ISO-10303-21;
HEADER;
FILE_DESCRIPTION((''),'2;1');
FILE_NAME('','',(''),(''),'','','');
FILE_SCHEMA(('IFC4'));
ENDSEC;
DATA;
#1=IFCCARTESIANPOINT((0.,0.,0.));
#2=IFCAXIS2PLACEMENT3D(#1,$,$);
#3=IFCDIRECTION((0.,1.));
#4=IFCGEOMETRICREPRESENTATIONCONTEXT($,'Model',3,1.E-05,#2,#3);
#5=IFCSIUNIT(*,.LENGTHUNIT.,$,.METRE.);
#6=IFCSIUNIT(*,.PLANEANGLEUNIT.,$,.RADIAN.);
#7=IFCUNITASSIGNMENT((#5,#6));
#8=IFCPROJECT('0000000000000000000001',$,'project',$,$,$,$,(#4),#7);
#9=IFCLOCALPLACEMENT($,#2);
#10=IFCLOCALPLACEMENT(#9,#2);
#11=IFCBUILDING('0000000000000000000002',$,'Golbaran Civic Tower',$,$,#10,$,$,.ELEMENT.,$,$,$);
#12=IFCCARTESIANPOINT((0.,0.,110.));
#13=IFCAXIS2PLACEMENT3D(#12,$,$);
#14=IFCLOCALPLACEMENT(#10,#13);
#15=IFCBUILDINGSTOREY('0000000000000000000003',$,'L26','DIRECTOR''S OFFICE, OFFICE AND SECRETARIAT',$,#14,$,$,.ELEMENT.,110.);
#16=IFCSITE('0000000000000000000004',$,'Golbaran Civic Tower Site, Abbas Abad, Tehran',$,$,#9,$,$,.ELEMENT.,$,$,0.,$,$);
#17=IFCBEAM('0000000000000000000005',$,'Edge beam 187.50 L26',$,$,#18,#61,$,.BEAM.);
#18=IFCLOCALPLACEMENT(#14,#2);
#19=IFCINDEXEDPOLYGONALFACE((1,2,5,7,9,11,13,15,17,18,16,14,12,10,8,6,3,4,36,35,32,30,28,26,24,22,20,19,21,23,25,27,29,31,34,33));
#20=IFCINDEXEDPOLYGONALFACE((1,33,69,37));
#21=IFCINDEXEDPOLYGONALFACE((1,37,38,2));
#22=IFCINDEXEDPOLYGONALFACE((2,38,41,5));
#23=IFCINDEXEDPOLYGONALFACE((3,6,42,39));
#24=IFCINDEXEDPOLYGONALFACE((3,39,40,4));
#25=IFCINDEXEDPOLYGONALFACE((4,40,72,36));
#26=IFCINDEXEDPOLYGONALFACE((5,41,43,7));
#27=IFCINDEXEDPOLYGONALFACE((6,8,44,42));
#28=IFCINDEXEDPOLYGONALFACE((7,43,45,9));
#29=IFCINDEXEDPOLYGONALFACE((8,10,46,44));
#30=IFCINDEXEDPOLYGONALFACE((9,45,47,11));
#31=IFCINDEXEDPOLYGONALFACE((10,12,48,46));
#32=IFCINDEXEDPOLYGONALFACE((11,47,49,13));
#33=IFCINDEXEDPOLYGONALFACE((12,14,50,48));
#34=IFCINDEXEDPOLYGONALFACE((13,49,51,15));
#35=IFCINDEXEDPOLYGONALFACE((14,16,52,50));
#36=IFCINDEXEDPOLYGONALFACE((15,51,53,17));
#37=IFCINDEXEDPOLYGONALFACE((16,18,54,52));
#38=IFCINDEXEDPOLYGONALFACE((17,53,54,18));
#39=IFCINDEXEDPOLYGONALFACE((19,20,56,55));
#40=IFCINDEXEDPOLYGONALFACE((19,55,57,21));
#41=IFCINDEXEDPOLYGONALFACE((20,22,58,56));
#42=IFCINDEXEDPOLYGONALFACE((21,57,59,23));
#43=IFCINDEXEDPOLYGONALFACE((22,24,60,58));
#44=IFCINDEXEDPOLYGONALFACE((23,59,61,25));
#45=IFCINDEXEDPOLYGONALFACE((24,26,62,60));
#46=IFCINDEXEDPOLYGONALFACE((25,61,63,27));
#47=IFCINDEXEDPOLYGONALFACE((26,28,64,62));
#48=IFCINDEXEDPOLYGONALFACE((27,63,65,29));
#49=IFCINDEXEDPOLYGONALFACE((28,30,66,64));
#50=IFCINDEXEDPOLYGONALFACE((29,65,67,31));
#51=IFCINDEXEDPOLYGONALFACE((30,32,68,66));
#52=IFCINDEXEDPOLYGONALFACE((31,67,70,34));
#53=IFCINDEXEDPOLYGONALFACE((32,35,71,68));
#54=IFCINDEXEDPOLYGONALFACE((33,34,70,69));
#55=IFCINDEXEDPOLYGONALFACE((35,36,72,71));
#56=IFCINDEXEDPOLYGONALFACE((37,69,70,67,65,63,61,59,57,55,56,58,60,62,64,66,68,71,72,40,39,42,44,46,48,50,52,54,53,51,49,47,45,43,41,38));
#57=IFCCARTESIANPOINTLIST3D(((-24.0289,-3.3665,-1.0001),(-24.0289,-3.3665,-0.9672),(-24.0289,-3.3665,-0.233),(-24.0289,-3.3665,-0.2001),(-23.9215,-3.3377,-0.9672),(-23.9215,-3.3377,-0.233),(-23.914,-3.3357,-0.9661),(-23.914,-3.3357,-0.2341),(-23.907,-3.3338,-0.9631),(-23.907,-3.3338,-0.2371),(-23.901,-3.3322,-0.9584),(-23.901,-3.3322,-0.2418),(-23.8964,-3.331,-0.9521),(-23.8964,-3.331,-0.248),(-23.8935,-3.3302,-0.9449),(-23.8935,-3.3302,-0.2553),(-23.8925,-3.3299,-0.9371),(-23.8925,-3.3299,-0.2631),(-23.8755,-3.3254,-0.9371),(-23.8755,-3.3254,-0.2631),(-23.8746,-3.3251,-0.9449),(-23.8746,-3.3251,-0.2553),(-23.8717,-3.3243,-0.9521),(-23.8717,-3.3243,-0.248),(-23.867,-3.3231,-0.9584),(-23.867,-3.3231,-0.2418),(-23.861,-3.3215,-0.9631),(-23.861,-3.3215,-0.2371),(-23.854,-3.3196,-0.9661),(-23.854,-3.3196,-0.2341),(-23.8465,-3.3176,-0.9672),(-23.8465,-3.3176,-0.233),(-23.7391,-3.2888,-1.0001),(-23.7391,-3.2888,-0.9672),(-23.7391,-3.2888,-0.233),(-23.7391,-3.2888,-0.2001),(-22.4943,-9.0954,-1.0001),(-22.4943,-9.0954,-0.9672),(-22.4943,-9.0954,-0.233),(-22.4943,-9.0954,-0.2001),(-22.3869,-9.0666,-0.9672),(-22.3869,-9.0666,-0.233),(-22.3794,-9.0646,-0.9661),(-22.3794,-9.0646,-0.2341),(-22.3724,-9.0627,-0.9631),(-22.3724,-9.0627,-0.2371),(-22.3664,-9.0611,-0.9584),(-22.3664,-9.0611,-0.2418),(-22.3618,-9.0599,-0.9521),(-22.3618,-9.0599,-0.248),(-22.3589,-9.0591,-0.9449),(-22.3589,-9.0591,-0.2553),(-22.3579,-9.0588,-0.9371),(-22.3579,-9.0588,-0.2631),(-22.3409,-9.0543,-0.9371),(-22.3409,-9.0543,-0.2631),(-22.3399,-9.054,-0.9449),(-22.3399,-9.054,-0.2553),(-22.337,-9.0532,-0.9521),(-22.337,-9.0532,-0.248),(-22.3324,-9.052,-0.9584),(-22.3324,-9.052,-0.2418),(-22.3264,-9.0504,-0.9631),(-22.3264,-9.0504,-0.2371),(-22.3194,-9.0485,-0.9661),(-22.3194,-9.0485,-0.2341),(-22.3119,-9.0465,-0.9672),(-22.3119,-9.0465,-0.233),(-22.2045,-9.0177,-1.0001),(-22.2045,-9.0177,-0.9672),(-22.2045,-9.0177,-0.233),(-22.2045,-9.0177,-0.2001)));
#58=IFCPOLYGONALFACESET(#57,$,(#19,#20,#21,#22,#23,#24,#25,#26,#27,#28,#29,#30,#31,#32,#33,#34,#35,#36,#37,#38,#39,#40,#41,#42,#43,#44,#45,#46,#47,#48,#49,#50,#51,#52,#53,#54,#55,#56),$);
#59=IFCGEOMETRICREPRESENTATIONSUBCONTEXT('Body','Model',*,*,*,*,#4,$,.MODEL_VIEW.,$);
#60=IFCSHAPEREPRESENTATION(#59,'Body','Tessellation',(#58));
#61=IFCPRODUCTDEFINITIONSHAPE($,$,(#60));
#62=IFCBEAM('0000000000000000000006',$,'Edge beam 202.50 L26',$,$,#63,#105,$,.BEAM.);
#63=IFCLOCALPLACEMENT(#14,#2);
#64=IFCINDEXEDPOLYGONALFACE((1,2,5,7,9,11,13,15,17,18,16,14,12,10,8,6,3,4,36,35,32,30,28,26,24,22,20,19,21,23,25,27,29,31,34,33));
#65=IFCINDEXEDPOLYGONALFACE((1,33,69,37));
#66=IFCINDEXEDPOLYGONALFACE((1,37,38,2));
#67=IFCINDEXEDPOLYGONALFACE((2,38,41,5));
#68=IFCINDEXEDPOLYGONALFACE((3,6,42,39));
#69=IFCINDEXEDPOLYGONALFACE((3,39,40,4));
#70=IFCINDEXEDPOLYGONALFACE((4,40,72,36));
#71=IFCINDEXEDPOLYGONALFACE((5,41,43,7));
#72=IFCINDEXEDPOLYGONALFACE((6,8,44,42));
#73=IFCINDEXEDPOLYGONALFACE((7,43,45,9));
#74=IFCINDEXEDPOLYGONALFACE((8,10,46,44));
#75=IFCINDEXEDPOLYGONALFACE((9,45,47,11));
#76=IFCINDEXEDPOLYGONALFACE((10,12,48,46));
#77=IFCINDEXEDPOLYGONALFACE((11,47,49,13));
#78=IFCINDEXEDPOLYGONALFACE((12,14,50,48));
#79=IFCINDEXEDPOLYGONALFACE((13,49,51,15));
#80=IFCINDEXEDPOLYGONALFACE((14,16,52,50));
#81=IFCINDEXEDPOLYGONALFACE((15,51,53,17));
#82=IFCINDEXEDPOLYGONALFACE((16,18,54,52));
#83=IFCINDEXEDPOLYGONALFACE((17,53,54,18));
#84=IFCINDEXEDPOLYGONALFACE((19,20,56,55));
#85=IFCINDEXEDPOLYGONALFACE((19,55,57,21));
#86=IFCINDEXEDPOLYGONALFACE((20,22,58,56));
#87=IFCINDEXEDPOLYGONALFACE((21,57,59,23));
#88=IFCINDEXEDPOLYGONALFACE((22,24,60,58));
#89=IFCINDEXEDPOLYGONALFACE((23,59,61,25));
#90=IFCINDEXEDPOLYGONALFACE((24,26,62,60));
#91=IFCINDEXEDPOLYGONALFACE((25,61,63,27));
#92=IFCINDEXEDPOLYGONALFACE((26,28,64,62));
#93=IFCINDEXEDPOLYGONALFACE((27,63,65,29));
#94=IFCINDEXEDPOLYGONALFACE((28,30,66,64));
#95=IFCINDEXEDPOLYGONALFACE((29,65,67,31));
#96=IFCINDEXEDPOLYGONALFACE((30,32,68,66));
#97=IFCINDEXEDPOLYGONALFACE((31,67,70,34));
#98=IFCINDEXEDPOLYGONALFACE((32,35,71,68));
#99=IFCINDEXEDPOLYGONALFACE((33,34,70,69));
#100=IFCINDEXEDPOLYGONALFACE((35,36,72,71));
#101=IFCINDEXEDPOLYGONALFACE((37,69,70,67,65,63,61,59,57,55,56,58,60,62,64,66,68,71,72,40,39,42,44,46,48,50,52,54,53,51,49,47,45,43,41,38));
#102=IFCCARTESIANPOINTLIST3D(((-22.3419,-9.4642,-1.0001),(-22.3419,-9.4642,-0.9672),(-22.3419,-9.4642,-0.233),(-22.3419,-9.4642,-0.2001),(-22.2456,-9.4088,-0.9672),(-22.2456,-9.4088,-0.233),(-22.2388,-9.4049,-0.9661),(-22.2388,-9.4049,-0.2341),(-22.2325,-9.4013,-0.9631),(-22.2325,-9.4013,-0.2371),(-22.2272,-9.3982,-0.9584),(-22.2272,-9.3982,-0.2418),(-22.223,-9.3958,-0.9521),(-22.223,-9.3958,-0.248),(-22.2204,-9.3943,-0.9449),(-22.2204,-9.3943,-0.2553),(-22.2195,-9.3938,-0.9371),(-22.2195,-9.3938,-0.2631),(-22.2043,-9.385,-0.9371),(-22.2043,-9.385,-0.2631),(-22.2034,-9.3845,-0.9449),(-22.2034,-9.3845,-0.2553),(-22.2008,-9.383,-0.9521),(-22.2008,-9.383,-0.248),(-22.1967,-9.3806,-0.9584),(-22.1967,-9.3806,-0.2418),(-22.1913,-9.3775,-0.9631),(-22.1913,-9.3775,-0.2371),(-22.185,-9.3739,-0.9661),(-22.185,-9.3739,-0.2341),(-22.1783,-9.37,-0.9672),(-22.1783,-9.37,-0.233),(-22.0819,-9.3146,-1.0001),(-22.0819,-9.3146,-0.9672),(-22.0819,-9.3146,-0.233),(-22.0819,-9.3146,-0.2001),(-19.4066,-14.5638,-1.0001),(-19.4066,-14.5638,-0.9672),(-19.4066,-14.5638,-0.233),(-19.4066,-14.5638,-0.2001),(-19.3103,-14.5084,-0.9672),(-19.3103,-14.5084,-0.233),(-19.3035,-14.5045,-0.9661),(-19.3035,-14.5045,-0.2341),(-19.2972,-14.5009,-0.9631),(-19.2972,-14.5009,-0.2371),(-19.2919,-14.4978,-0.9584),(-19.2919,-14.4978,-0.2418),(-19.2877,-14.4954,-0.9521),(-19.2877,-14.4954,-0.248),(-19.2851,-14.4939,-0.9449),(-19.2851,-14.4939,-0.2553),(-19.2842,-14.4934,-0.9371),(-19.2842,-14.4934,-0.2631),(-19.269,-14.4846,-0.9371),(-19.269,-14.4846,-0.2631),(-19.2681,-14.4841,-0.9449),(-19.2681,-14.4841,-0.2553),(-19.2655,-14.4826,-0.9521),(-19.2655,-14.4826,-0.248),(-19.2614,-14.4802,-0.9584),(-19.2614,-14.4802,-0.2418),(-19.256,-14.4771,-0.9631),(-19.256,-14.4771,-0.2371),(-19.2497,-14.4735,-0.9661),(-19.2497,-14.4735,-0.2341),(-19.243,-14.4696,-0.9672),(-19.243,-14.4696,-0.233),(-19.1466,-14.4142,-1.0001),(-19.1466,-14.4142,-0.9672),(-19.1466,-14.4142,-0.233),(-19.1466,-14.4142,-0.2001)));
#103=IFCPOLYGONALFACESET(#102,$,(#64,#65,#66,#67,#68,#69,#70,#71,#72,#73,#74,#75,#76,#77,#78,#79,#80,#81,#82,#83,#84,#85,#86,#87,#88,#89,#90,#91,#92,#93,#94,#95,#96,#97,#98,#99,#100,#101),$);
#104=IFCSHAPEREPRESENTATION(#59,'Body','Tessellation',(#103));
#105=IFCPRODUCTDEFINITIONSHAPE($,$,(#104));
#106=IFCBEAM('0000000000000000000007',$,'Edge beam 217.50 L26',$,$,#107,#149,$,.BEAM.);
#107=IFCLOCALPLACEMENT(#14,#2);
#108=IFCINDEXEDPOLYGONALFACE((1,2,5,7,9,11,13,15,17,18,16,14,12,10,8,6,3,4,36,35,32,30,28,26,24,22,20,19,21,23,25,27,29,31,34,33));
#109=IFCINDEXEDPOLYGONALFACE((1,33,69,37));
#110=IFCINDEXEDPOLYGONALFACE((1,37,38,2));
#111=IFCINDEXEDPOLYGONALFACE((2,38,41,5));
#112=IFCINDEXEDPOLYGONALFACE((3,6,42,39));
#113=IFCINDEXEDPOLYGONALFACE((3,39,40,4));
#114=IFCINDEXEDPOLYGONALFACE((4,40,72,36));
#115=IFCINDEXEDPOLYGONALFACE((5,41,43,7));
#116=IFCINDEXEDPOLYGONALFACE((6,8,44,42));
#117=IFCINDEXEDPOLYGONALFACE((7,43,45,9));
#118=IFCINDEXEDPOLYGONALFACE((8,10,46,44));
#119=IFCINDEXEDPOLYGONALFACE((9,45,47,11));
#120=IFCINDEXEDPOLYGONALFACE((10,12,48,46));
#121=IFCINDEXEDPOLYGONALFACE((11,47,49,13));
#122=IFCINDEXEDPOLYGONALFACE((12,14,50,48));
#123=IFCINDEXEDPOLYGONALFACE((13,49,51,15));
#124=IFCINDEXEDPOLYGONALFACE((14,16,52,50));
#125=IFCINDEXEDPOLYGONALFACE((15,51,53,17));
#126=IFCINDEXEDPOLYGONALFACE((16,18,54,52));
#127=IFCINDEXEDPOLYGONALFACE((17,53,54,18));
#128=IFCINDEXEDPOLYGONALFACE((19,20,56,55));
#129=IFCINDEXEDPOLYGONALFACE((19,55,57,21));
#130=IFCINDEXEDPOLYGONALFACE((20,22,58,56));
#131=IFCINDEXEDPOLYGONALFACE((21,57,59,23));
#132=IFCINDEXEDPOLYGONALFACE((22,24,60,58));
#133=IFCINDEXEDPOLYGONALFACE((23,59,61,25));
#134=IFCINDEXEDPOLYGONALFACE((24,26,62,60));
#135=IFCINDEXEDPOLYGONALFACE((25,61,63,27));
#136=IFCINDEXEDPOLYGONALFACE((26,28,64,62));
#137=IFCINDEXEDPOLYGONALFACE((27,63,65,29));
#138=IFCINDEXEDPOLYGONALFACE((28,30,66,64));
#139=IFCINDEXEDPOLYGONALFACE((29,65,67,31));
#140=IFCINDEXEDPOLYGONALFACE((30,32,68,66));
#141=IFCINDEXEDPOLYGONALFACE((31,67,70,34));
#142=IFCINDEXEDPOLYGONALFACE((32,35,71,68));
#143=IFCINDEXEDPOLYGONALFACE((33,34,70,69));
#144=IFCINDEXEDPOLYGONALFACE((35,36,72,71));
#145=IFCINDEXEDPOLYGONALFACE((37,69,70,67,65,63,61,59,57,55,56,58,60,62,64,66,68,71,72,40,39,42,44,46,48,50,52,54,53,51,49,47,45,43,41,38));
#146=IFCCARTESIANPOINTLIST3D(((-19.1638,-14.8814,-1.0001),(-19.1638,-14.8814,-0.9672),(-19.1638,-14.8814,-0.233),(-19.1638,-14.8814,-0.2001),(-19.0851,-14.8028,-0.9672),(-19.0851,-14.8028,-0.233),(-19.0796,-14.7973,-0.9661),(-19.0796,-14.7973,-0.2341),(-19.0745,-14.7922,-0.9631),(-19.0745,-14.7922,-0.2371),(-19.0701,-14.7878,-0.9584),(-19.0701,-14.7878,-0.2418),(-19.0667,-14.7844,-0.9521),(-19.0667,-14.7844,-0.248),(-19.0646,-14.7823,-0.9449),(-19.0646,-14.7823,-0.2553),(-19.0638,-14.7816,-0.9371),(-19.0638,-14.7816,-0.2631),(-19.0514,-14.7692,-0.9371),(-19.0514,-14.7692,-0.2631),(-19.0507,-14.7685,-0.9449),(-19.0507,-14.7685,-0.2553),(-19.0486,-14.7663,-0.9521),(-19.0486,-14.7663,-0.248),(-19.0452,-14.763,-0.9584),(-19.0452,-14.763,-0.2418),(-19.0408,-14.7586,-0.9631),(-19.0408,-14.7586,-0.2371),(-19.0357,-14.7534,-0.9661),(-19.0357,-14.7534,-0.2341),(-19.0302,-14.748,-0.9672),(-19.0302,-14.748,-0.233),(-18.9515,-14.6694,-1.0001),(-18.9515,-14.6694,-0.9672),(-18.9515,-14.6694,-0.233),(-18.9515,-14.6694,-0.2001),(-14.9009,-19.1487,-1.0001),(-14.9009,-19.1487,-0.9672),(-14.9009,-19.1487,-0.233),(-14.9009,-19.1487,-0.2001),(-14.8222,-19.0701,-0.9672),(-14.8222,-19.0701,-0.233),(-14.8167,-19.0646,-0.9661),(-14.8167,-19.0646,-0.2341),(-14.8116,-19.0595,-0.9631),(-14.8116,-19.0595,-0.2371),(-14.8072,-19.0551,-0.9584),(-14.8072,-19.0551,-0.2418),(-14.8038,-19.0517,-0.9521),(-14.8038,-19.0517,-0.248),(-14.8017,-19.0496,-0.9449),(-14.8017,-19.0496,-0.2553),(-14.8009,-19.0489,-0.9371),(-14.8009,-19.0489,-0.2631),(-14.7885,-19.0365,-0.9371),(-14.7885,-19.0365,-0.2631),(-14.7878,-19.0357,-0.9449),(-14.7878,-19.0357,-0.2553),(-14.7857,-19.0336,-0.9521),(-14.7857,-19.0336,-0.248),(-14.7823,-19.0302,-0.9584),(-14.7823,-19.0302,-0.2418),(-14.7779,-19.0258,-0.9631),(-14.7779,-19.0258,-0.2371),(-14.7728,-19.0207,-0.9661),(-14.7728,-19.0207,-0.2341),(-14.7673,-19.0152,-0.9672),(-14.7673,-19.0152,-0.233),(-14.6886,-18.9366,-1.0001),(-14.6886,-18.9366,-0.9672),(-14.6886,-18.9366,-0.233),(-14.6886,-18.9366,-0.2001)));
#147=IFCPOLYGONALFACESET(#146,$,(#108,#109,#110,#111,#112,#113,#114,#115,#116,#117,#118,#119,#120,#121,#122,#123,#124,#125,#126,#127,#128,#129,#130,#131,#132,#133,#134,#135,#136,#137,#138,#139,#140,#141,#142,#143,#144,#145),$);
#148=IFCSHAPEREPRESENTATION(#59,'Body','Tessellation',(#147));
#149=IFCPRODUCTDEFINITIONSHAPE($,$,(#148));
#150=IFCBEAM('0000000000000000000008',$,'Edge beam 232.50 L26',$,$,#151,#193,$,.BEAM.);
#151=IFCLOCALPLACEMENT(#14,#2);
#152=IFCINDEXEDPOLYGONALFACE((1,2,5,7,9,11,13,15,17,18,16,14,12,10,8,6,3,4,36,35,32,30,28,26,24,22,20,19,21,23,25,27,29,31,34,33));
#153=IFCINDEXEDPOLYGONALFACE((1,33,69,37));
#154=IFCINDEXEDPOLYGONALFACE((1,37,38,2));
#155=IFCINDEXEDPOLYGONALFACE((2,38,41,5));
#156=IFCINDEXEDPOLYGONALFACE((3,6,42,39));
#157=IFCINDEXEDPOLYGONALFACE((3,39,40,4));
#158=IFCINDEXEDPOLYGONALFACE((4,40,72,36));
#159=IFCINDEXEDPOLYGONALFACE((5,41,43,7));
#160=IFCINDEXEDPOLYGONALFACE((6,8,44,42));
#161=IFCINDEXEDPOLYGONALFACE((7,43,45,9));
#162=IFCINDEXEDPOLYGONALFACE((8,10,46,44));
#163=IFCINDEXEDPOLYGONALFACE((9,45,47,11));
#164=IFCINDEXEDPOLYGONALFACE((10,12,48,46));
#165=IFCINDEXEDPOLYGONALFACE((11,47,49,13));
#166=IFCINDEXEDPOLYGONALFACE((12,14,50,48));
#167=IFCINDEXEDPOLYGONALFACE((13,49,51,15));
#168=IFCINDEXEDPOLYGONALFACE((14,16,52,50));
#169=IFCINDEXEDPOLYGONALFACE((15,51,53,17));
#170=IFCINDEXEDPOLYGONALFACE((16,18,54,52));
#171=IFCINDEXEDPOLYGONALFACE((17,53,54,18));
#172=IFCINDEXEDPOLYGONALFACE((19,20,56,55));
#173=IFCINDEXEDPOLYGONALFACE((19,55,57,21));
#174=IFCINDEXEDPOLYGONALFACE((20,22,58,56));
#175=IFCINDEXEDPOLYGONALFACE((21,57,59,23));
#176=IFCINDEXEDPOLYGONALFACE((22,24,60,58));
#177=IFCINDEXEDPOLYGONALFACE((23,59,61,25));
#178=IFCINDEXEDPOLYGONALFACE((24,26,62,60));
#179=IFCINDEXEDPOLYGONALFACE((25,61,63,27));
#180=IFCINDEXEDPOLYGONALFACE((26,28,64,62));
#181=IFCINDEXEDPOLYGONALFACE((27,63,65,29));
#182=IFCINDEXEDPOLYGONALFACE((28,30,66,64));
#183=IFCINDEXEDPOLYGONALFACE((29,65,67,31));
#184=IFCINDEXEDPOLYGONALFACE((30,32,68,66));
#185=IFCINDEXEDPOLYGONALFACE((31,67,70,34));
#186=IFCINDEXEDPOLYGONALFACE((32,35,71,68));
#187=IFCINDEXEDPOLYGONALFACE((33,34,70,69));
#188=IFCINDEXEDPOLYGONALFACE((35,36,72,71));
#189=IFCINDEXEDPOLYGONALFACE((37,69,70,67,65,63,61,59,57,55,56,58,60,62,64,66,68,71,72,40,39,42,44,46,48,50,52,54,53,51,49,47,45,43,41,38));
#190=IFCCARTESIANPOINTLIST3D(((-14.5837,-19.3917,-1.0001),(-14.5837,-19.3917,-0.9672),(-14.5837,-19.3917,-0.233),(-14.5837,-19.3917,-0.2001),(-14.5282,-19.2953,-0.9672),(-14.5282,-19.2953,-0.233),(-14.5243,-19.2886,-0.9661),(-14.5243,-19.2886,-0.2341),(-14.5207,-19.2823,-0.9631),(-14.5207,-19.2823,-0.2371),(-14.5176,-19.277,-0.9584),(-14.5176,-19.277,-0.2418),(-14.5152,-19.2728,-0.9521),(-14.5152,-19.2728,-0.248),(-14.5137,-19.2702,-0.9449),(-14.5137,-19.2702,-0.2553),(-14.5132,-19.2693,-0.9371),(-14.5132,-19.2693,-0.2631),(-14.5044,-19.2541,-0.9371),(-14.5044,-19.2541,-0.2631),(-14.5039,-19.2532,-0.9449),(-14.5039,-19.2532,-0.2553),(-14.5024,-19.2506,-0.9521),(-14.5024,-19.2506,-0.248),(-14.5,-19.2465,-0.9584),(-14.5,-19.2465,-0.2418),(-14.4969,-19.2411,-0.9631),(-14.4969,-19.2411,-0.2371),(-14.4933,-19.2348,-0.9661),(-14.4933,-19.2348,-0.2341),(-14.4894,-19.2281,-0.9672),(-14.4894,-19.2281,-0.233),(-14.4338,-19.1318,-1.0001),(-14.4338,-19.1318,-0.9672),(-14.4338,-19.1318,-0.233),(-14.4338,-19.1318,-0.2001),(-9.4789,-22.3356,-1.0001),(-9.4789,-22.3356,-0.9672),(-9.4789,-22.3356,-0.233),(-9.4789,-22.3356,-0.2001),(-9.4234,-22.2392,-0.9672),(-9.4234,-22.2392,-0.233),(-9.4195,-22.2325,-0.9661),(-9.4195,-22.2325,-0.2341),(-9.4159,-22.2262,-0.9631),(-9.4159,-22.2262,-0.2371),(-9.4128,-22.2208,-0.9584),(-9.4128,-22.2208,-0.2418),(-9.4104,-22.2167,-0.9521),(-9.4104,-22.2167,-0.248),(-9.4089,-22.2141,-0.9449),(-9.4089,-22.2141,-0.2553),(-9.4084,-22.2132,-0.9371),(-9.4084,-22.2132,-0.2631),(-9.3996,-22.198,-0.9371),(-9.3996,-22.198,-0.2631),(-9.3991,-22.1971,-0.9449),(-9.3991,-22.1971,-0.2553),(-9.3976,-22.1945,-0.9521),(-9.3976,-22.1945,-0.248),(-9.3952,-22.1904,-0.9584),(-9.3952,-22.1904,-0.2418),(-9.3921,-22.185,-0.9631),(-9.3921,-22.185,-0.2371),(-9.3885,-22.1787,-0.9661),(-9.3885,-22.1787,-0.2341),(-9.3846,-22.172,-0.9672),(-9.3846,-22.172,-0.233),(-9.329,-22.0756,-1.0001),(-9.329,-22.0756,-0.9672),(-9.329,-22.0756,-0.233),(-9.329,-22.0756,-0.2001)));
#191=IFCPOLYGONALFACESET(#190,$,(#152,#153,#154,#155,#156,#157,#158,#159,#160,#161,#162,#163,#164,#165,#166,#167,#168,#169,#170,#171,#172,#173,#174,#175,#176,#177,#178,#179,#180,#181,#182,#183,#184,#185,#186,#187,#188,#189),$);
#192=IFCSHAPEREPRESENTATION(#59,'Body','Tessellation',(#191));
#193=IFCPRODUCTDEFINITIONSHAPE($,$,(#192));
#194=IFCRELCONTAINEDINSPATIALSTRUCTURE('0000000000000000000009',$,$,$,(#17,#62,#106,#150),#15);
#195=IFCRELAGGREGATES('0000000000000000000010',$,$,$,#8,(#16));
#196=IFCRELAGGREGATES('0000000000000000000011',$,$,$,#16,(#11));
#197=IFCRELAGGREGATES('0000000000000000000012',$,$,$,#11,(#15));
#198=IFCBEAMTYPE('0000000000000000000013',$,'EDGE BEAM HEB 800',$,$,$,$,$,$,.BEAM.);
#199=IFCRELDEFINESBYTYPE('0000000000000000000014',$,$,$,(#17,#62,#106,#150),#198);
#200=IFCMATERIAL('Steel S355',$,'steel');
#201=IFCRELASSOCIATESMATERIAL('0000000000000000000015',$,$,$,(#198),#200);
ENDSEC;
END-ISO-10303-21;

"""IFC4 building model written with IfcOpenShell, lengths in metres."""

from ifc_helpers import new_model, si_unit, direction, frame, origin, origin_2d, place, context, subcontext, project, spatial, i_section, extrude, material, material_profile, profile_set, type_object, element, save


model = new_model("IFC4")

# Units and contexts
model_context = context("Model", 3, precision=1e-05, world=origin(), true_north=direction((0.0, 1.0)))
body_context = subcontext(model_context, "Body", "Model", "MODEL_VIEW")
ifc_project = project(units=[si_unit("LENGTHUNIT", "METRE"), si_unit("PLANEANGLEUNIT", "RADIAN")], contexts=[model_context])

# Site, building, storey
site_placement = place(None, origin())
site = spatial("IfcSite", under=ifc_project, at=site_placement, Name="Golbaran Civic Tower Site, Abbas Abad, Tehran", CompositionType="ELEMENT", RefElevation=0.0)
building_placement = place(site_placement, origin())
building = spatial("IfcBuilding", under=site, at=building_placement, Name="Golbaran Civic Tower", CompositionType="ELEMENT")
storey_placement = place(building_placement, frame((0.0, 0.0, 110.0)))
storey = spatial("IfcBuildingStorey", under=building, at=storey_placement, Name="L26", Description="DIRECTOR'S OFFICE, OFFICE AND SECRETARIAT", CompositionType="ELEMENT", Elevation=110.0)

# Beams
ifc_material_1 = material(Name="Steel S355", Category="steel")
ifc_material_profile_1 = material_profile(ifc_material_1, i_section(OverallWidth=0.3, OverallDepth=0.8, WebThickness=0.0176, FlangeThickness=0.033, FilletRadius=0.03, at=origin_2d()), Name="HEB 800")
ifc_profile_set_1 = profile_set([ifc_material_profile_1], Name="Steel S355")
beam_type_1 = type_object("IfcBeamType", Name="EDGE BEAM HEB 800", PredefinedType="BEAM", material=ifc_profile_set_1)
beam_1_placement = place(storey_placement, frame((-23.884, -3.3276, -0.6001), z_axis=(0.258754, -0.965943, 0.0), x_axis=(0.965943, 0.258754, 0.0)))
element("IfcBeam", 1, at=beam_1_placement, inside=storey, type_object=beam_type_1, Name="Edge beam 187.50 L26", PredefinedType="BEAM", context=body_context, shape_type="SweptSolid", body=[
    extrude(i_section(OverallWidth=0.3, OverallDepth=0.8, WebThickness=0.0176, FlangeThickness=0.033, FilletRadius=0.03, at=origin_2d()), origin(), (0.0, 0.0, 1.0), 5.9309),
])
beam_2_placement = place(storey_placement, frame((-22.2119, -9.3894, -0.6001), z_axis=(0.498858, -0.866684, 0.0), x_axis=(0.866684, 0.498858, 0.0)))
element("IfcBeam", 2, at=beam_2_placement, inside=storey, type_object=beam_type_1, Name="Edge beam 202.50 L26", PredefinedType="BEAM", context=body_context, shape_type="SweptSolid", body=[
    extrude(i_section(OverallWidth=0.3, OverallDepth=0.8, WebThickness=0.0176, FlangeThickness=0.033, FilletRadius=0.03, at=origin_2d()), origin(), (0.0, 0.0, 1.0), 5.884),
])
beam_3_placement = place(storey_placement, frame((-19.0576, -14.7754, -0.6001), z_axis=(0.706742, -0.707471, 0.0), x_axis=(0.707471, 0.706742, 0.0)))
element("IfcBeam", 3, at=beam_3_placement, inside=storey, type_object=beam_type_1, Name="Edge beam 217.50 L26", PredefinedType="BEAM", context=body_context, shape_type="SweptSolid", body=[
    extrude(i_section(OverallWidth=0.3, OverallDepth=0.8, WebThickness=0.0176, FlangeThickness=0.033, FilletRadius=0.03, at=origin_2d()), origin(), (0.0, 0.0, 1.0), 6.0317),
])
beam_4_placement = place(storey_placement, frame((-14.5088, -19.2617, -0.6001), z_axis=(0.866273, -0.499571, 0.0), x_axis=(0.499571, 0.866273, 0.0)))
element("IfcBeam", 4, at=beam_4_placement, inside=storey, type_object=beam_type_1, Name="Edge beam 232.50 L26", PredefinedType="BEAM", context=body_context, shape_type="SweptSolid", body=[
    extrude(i_section(OverallWidth=0.3, OverallDepth=0.8, WebThickness=0.0176, FlangeThickness=0.033, FilletRadius=0.03, at=origin_2d()), origin(), (0.0, 0.0, 1.0), 5.8928),
])

save(model, "model.ifc")
